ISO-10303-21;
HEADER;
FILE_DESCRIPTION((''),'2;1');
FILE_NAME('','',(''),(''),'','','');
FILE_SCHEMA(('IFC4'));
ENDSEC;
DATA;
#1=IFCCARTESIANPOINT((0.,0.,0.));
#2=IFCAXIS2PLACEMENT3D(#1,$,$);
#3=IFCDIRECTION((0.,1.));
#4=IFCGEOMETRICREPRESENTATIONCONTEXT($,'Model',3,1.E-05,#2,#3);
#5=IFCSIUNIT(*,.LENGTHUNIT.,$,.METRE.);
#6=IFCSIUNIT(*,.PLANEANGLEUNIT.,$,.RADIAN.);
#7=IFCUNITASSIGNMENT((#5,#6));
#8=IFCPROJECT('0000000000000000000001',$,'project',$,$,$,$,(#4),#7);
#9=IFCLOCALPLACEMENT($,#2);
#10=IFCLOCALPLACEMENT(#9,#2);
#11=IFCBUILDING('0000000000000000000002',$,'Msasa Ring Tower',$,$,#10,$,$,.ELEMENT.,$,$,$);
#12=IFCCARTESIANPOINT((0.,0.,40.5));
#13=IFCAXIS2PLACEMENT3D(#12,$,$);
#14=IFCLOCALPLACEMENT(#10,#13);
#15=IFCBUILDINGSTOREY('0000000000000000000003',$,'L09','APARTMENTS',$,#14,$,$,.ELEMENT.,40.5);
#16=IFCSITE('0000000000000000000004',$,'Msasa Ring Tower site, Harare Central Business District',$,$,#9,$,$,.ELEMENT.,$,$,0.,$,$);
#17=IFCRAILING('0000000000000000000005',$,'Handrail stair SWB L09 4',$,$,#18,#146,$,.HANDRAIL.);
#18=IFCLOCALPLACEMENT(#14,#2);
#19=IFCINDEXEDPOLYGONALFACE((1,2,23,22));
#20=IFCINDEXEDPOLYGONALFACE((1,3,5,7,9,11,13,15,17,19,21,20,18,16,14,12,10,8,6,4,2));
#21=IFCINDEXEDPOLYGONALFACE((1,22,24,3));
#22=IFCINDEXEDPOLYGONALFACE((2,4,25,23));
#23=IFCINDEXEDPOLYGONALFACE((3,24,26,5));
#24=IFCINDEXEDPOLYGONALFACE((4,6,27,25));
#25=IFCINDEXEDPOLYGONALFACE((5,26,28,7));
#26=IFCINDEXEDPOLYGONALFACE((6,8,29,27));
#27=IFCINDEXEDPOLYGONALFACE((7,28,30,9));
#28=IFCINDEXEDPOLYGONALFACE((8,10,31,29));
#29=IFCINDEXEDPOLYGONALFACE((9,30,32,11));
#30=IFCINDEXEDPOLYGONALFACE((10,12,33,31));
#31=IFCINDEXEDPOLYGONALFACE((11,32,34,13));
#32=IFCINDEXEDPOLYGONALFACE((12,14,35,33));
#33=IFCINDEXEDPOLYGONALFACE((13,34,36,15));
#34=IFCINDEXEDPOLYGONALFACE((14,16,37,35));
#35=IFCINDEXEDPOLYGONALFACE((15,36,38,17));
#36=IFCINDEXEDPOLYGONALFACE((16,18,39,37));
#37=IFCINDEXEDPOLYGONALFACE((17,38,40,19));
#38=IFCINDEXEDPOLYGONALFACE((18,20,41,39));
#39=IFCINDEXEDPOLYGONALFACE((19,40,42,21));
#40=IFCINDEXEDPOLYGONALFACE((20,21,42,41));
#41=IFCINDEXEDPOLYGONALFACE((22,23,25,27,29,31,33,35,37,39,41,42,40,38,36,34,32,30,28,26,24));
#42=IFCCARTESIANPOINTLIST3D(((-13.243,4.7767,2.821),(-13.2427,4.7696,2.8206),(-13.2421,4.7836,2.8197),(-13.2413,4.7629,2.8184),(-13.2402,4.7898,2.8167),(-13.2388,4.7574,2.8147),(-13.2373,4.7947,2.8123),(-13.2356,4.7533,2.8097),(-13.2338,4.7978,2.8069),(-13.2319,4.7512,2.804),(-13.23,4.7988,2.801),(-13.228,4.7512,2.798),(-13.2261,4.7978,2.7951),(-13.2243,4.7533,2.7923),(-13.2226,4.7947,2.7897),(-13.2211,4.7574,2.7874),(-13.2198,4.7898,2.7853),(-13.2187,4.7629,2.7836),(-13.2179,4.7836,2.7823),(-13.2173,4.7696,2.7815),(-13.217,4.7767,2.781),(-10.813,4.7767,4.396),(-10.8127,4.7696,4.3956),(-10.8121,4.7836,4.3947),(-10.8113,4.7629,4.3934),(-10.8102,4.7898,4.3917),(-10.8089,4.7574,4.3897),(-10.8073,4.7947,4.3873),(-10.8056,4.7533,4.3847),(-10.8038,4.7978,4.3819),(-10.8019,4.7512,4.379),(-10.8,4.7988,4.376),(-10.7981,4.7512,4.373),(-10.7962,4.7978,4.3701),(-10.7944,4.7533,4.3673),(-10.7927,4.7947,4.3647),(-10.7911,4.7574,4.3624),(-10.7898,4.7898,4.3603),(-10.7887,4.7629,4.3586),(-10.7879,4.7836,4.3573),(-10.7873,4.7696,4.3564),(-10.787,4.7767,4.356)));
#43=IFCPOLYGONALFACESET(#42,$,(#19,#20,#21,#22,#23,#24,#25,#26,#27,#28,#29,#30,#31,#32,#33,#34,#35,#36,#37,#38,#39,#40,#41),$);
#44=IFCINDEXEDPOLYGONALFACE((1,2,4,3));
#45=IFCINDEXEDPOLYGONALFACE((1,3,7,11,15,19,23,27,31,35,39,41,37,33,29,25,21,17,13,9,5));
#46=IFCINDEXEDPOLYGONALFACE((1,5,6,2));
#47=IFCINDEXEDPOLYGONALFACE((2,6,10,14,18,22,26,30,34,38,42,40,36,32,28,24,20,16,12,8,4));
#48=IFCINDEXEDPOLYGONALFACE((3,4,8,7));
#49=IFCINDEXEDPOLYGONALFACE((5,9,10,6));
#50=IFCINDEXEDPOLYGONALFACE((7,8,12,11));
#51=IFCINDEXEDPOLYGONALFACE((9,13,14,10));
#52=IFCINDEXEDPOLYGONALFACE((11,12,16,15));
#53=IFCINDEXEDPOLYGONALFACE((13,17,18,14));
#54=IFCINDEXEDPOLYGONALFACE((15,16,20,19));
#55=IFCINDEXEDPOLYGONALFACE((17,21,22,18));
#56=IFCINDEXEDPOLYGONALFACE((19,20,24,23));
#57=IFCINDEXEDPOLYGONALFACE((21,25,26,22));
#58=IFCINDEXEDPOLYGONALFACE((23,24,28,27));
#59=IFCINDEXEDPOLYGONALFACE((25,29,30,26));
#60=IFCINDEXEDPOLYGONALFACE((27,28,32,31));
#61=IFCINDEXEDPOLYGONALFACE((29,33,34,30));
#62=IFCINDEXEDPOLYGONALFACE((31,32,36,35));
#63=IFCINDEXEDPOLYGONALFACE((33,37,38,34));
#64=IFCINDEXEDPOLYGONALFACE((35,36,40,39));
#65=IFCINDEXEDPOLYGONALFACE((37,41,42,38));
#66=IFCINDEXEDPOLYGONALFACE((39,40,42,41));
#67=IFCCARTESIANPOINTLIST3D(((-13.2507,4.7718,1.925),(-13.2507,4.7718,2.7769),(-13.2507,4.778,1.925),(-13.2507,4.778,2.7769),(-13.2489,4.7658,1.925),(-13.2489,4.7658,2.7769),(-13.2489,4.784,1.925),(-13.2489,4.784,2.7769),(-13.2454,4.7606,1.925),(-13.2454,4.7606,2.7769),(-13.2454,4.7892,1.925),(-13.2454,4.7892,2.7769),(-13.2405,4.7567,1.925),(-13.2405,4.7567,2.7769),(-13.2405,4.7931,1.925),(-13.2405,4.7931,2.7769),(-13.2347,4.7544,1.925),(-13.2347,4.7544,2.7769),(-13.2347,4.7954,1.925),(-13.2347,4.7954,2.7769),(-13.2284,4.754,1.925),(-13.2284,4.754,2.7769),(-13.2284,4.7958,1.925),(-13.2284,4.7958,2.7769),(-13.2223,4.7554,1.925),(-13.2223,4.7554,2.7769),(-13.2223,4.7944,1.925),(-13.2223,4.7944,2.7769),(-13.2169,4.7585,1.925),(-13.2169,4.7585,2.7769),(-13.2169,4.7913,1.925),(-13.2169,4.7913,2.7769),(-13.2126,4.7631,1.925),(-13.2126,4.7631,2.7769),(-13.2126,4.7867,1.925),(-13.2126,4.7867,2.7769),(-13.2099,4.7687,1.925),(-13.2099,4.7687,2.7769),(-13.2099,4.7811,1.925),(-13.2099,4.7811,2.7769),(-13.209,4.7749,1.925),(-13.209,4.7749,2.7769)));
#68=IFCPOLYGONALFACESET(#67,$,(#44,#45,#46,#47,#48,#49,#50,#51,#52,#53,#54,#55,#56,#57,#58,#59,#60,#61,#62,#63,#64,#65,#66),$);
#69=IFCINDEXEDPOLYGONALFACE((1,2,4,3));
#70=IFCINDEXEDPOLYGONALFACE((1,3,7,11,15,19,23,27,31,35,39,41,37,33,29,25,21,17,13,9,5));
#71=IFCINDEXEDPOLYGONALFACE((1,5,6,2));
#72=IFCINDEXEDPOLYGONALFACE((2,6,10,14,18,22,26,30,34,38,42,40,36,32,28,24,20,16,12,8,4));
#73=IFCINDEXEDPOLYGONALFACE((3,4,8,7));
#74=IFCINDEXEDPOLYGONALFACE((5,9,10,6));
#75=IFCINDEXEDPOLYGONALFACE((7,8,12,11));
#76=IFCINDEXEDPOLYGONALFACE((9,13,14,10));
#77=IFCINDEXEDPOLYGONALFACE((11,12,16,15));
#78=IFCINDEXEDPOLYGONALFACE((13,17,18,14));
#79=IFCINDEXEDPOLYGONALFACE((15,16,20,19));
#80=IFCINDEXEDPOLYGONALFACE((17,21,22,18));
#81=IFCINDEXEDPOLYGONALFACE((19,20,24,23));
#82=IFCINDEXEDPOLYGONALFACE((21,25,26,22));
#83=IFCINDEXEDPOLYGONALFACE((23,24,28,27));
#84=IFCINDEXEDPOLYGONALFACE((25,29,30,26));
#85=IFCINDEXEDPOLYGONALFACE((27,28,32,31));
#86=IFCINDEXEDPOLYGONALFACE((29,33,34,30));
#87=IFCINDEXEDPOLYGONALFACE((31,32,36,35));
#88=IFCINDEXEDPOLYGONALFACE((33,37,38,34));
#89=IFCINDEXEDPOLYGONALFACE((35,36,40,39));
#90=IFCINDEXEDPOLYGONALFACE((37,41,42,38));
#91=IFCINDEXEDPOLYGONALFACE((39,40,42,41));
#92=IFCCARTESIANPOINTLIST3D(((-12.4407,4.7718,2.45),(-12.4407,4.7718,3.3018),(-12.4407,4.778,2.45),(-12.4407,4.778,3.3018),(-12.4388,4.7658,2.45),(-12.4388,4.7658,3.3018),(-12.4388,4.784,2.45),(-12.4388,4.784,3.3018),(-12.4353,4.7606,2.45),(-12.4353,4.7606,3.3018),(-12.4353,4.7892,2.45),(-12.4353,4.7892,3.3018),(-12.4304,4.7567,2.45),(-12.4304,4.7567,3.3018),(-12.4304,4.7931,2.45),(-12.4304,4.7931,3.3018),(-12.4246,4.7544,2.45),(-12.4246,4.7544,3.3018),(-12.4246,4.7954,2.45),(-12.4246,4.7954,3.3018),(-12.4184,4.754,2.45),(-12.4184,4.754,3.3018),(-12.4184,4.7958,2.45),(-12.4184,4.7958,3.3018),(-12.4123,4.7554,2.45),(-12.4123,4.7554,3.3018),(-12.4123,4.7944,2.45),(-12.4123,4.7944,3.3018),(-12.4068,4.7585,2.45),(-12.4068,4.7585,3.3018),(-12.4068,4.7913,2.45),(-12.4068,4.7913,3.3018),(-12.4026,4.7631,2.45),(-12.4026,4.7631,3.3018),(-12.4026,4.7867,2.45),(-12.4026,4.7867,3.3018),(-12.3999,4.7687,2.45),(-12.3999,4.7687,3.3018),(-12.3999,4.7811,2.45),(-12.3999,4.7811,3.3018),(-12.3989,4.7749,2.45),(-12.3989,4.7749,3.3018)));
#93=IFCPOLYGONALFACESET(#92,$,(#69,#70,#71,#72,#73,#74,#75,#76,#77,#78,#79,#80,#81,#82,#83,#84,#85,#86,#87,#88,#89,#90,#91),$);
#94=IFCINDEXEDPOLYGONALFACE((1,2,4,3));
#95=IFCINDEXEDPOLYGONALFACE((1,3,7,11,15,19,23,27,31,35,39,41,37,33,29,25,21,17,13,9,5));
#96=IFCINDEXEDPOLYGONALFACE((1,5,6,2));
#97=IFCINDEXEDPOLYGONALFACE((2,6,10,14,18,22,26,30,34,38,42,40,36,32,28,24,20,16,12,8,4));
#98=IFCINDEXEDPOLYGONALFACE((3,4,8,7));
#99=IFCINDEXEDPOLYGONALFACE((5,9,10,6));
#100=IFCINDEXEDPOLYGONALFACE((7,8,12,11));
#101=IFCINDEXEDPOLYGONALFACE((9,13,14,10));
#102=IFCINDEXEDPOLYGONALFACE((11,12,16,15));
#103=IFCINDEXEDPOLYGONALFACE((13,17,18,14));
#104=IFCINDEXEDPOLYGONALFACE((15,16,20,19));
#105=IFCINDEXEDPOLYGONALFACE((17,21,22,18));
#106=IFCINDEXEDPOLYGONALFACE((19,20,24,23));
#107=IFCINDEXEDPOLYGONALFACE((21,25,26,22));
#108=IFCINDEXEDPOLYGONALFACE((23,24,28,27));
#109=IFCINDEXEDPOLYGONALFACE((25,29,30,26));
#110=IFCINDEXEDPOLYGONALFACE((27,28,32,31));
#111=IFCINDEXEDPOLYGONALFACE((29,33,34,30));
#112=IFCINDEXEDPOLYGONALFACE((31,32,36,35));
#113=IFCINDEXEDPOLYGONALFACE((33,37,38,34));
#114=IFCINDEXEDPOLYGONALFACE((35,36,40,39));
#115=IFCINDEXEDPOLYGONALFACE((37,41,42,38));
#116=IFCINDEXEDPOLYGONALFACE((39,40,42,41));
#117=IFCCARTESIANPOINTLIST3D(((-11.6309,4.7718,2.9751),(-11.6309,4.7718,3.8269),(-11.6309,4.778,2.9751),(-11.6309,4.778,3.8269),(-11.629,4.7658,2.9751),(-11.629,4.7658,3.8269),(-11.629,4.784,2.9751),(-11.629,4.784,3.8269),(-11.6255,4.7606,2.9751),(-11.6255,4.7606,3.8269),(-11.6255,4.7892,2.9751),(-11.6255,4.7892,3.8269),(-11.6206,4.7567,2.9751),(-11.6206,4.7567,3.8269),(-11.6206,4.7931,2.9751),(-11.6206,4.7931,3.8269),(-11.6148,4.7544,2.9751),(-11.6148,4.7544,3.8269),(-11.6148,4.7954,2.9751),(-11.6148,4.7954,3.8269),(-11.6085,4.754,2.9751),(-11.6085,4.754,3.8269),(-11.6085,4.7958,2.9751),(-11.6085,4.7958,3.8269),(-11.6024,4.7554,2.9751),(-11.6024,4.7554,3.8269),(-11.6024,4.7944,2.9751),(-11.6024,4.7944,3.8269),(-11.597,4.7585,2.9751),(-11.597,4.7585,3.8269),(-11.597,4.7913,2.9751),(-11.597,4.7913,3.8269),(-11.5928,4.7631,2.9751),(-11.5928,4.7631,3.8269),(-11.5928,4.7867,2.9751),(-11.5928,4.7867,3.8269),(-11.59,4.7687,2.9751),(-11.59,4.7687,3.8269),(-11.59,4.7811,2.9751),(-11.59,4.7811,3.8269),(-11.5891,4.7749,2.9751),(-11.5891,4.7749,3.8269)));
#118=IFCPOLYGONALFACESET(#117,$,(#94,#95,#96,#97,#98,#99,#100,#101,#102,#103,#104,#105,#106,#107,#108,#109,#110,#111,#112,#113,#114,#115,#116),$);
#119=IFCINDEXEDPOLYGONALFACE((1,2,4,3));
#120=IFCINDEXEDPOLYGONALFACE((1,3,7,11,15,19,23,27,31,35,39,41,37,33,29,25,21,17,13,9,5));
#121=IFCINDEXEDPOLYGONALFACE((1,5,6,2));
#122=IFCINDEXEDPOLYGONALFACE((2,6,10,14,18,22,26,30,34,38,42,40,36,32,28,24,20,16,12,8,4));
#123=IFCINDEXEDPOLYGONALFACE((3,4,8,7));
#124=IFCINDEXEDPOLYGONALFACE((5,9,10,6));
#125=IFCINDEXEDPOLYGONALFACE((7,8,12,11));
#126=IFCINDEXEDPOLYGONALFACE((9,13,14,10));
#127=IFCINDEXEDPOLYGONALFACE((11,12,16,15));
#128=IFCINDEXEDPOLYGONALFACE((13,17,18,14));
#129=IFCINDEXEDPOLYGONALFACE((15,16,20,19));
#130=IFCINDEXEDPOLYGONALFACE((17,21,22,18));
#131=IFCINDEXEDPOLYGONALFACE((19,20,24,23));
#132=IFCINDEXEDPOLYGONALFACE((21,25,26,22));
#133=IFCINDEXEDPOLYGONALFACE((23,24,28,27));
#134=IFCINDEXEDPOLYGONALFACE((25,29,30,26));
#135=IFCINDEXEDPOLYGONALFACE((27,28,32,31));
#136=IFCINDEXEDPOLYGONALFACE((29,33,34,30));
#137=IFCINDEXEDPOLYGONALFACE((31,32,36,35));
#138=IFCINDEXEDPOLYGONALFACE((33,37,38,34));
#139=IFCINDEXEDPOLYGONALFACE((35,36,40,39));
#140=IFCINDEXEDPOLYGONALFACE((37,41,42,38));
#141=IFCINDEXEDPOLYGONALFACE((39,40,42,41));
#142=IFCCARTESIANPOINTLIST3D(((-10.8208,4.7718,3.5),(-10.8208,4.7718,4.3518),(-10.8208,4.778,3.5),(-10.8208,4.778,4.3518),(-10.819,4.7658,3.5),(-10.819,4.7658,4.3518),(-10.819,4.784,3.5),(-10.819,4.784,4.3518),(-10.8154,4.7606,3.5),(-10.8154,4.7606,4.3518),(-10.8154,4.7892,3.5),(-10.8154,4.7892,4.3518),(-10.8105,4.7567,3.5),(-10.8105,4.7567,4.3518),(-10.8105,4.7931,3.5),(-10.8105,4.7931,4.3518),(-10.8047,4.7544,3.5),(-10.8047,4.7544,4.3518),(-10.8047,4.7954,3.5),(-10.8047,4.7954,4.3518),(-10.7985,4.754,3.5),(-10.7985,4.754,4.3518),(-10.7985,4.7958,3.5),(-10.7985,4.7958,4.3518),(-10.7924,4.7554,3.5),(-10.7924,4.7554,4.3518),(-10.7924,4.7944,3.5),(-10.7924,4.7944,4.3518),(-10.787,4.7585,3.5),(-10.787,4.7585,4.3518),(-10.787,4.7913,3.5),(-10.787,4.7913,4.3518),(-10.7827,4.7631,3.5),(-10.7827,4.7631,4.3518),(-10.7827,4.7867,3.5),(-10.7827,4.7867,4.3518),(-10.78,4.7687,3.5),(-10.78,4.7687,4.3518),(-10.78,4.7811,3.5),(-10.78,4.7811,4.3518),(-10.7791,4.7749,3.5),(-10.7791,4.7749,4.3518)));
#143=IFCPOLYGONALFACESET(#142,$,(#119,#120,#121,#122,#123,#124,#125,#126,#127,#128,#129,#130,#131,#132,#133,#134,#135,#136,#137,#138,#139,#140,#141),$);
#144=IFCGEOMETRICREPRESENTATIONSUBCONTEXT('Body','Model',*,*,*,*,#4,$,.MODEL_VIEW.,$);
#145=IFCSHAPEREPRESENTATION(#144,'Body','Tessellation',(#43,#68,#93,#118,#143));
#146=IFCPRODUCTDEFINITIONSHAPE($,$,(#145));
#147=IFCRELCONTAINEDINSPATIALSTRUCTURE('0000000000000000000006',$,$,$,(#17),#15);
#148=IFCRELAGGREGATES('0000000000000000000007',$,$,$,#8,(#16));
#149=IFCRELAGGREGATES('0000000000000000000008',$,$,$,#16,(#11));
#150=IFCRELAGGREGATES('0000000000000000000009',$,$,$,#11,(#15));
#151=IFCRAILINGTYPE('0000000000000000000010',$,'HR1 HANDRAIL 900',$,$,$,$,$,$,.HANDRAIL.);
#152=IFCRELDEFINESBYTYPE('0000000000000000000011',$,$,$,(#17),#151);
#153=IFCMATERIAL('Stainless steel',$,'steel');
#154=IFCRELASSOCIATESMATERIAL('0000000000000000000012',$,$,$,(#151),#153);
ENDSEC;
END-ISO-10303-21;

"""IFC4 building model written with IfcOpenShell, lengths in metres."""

from ifc_helpers import new_model, si_unit, direction, frame, origin, origin_2d, place, context, subcontext, project, spatial, circle, extrude, material, type_object, element, save


model = new_model("IFC4")

# Units and contexts
model_context = context("Model", 3, precision=1e-05, world=origin(), true_north=direction((0.0, 1.0)))
body_context = subcontext(model_context, "Body", "Model", "MODEL_VIEW")
ifc_project = project(units=[si_unit("LENGTHUNIT", "METRE"), si_unit("PLANEANGLEUNIT", "RADIAN")], contexts=[model_context])

# Site, building, storey
site_placement = place(None, origin())
site = spatial("IfcSite", under=ifc_project, at=site_placement, Name="Msasa Ring Tower site, Harare Central Business District", CompositionType="ELEMENT", RefElevation=0.0)
building_placement = place(site_placement, origin())
building = spatial("IfcBuilding", under=site, at=building_placement, Name="Msasa Ring Tower", CompositionType="ELEMENT")
storey_placement = place(building_placement, frame((0.0, 0.0, 40.5)))
storey = spatial("IfcBuildingStorey", under=building, at=storey_placement, Name="L09", Description="APARTMENTS", CompositionType="ELEMENT", Elevation=40.5)

# Railing
ifc_material_1 = material(Name="Stainless steel", Category="steel")
railing_type = type_object("IfcRailingType", Name="HR1 HANDRAIL 900", PredefinedType="HANDRAIL", material=ifc_material_1)
for number, where, name in (
    (1, (-13.23, 4.7749, 1.925), "Handrail stair SWB L09 4"),
):
    element("IfcRailing", number, at=place(storey_placement, frame(where)), inside=storey, type_object=railing_type, Name=name, PredefinedType="HANDRAIL", context=body_context, shape_type="SweptSolid", body=[
        extrude(circle(Radius=0.0239, at=origin_2d()), frame((0.0, 0.0, 0.876), z_axis=(0.839154, 0.0, 0.543894), x_axis=(0.0, 1.0, 0.0)), (0.0, 0.0, 1.0), 2.8958),
        extrude(circle(Radius=0.021, at=origin_2d()), origin(), (0.0, 0.0, 1.0), 0.8518),
        extrude(circle(Radius=0.021, at=origin_2d()), frame((0.8101, 0.0, 0.5249)), (0.0, 0.0, 1.0), 0.8518),
        extrude(circle(Radius=0.021, at=origin_2d()), frame((1.6199, 0.0, 1.05)), (0.0, 0.0, 1.0), 0.8518),
        extrude(circle(Radius=0.021, at=origin_2d()), frame((2.4299, 0.0, 1.575)), (0.0, 0.0, 1.0), 0.8518),
    ])

save(model, "model.ifc")
